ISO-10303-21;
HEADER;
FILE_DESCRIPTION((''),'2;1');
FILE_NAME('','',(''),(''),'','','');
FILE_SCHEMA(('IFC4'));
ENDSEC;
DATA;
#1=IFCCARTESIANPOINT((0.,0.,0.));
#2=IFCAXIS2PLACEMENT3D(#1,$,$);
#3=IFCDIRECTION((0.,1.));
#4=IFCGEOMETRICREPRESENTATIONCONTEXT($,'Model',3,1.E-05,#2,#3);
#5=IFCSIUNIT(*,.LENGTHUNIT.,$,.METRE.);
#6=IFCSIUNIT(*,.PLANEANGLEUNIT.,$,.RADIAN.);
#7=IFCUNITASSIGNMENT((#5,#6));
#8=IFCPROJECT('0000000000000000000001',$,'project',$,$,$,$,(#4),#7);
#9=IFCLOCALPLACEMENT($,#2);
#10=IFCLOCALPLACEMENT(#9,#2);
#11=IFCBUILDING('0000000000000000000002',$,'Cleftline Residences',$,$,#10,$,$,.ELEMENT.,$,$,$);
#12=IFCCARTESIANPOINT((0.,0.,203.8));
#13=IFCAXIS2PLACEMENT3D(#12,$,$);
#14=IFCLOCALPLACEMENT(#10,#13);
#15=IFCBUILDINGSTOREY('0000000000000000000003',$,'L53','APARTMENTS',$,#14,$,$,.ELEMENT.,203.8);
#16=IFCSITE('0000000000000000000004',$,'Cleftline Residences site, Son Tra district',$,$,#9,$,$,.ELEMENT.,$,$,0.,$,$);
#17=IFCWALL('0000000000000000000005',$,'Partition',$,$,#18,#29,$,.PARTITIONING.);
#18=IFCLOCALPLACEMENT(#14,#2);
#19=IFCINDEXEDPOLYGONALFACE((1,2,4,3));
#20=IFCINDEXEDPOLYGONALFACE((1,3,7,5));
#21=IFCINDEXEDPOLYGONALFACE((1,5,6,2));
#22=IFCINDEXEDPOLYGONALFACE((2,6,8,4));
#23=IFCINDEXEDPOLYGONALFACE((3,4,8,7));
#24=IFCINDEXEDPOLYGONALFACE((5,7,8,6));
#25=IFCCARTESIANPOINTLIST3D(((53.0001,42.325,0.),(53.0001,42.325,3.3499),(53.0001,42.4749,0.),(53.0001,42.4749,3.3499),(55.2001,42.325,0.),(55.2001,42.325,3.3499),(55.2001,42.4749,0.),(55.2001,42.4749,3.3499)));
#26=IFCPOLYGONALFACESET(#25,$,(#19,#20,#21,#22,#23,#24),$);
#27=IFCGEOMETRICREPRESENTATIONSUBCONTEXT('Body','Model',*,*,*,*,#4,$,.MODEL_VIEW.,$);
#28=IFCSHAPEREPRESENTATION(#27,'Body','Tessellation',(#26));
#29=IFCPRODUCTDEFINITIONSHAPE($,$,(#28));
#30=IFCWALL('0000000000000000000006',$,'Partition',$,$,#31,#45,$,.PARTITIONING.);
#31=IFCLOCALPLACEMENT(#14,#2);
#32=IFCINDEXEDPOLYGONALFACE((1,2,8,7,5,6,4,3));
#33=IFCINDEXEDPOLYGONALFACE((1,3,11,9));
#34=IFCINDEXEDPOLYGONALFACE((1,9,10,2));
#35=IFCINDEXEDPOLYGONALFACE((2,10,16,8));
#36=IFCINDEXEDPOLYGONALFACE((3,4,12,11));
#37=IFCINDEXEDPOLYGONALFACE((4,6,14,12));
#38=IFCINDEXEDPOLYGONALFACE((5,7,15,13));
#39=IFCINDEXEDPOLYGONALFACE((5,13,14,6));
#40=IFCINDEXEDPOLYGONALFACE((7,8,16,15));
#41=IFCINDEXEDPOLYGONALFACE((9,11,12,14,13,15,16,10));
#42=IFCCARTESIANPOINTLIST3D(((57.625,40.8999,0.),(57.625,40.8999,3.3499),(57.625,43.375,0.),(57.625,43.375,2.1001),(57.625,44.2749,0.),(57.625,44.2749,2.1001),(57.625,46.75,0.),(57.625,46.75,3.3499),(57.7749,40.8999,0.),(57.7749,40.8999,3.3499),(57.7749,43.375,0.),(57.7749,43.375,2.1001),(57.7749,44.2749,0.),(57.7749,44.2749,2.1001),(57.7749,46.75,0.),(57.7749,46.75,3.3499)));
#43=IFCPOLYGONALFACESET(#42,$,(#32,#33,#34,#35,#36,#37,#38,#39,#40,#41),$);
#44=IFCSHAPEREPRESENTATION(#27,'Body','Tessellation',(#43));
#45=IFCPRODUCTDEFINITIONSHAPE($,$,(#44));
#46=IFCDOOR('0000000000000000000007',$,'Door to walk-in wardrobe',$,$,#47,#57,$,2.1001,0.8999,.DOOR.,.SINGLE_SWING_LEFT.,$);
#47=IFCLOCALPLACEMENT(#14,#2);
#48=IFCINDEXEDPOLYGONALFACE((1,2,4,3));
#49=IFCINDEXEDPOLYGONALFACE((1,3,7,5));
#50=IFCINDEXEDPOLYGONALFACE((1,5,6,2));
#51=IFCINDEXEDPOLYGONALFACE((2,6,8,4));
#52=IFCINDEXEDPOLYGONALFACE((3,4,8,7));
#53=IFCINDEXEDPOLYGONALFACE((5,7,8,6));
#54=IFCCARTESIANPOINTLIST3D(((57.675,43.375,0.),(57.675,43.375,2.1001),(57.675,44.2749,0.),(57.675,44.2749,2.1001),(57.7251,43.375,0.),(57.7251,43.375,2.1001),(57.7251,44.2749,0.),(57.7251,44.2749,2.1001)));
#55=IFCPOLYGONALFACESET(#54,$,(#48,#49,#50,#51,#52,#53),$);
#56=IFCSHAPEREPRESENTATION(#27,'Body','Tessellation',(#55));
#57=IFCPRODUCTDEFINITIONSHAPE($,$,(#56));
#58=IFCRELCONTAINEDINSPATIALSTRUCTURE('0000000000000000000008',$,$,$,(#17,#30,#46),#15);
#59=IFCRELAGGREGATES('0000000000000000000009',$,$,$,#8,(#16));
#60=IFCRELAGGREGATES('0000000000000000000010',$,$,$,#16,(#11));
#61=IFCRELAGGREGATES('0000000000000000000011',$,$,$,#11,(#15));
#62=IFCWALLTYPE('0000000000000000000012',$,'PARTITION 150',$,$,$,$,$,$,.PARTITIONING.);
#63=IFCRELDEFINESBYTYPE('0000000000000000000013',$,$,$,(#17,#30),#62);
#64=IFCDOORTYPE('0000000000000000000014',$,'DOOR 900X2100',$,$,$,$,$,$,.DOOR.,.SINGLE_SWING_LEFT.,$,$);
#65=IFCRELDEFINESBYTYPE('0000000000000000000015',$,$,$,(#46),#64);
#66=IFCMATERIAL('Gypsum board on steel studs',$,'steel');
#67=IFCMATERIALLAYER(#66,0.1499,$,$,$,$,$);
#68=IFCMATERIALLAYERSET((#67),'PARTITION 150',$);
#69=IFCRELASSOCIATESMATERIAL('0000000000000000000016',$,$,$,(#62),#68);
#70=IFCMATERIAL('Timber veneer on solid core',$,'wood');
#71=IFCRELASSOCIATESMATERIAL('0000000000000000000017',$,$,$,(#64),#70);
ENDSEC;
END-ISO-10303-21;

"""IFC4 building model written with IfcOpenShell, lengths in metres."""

from ifc_helpers import new_model, si_unit, direction, frame, frame_2d, origin, place, context, subcontext, project, spatial, rectangle, extrude, material, layer, layer_set, type_object, element, fill, save


model = new_model("IFC4")

# Units and contexts
model_context = context("Model", 3, precision=1e-05, world=origin(), true_north=direction((0.0, 1.0)))
body_context = subcontext(model_context, "Body", "Model", "MODEL_VIEW")
ifc_project = project(units=[si_unit("LENGTHUNIT", "METRE"), si_unit("PLANEANGLEUNIT", "RADIAN")], contexts=[model_context])

# Site, building, storey
site_placement = place(None, origin())
site = spatial("IfcSite", under=ifc_project, at=site_placement, Name="Cleftline Residences site, Son Tra district", CompositionType="ELEMENT", RefElevation=0.0)
building_placement = place(site_placement, origin())
building = spatial("IfcBuilding", under=site, at=building_placement, Name="Cleftline Residences", CompositionType="ELEMENT")
storey_placement = place(building_placement, frame((0.0, 0.0, 203.8)))
storey = spatial("IfcBuildingStorey", under=building, at=storey_placement, Name="L53", Description="APARTMENTS", CompositionType="ELEMENT", Elevation=203.8)

# Wall
ifc_material_1 = material(Name="Gypsum board on steel studs", Category="steel")
ifc_layer_1 = layer(ifc_material_1, 0.1499)
ifc_layer_set_1 = layer_set([ifc_layer_1], Name="PARTITION 150")
wall_type_1 = type_object("IfcWallType", Name="PARTITION 150", PredefinedType="PARTITIONING", material=ifc_layer_set_1)
wall_1_placement = place(storey_placement, frame((53.0, 42.3999, 0.0), z_axis=(0.0, 0.0, 1.0), x_axis=(1.0, 0.0, 0.0)))
element("IfcWall", 1, at=wall_1_placement, inside=storey, type_object=wall_type_1, Name="Partition", PredefinedType="PARTITIONING", context=body_context, shape_type="SweptSolid", body=[
    extrude(rectangle(XDim=2.2, YDim=0.1499, at=frame_2d((1.1001, 0.0))), origin(), (0.0, 0.0, 1.0), 3.3499),
])

# Wall, opening, door
wall_2_placement = place(storey_placement, frame((57.7, 40.8999, 0.0), z_axis=(0.0, 0.0, 1.0), x_axis=(0.0, 1.0, 0.0)))
wall_2 = element("IfcWall", 2, at=wall_2_placement, inside=storey, type_object=wall_type_1, Name="Partition", PredefinedType="PARTITIONING", context=body_context, shape_type="SweptSolid", body=[
    extrude(rectangle(XDim=5.8501, YDim=0.1499, at=frame_2d((2.925, 0.0))), origin(), (0.0, 0.0, 1.0), 3.3499),
])
opening_1_placement = place(wall_2_placement, frame((2.4751, 0.0, 0.0)))
opening_1 = element("IfcOpeningElement", 3, at=opening_1_placement, cuts=wall_2, PredefinedType="OPENING", context=body_context, shape_type="SweptSolid", body=[
    extrude(rectangle(XDim=0.8999, YDim=2.1001, at=frame_2d((0.45, 1.05))), frame((0.0, 0.085, 0.0), z_axis=(0.0, -1.0, 0.0), x_axis=(1.0, 0.0, 0.0)), (0.0, 0.0, 1.0), 0.1699),
])
ifc_material_2 = material(Name="Timber veneer on solid core", Category="wood")
door_type = type_object("IfcDoorType", Name="DOOR 900X2100", OperationType="SINGLE_SWING_LEFT", PredefinedType="DOOR", material=ifc_material_2)
door_placement = place(opening_1_placement, origin())
door = element("IfcDoor", 4, at=door_placement, inside=storey, type_object=door_type, Name="Door to walk-in wardrobe", OperationType="SINGLE_SWING_LEFT", OverallHeight=2.1001, OverallWidth=0.8999, PredefinedType="DOOR", context=body_context, shape_type="SweptSolid", body=[
    extrude(rectangle(XDim=0.8999, YDim=2.1001, at=frame_2d((0.45, 1.05))), frame((0.0, 0.0249, 0.0), z_axis=(0.0, -1.0, 0.0), x_axis=(1.0, 0.0, 0.0)), (0.0, 0.0, 1.0), 0.05),
])
fill(opening_1, door)

save(model, "model.ifc")
